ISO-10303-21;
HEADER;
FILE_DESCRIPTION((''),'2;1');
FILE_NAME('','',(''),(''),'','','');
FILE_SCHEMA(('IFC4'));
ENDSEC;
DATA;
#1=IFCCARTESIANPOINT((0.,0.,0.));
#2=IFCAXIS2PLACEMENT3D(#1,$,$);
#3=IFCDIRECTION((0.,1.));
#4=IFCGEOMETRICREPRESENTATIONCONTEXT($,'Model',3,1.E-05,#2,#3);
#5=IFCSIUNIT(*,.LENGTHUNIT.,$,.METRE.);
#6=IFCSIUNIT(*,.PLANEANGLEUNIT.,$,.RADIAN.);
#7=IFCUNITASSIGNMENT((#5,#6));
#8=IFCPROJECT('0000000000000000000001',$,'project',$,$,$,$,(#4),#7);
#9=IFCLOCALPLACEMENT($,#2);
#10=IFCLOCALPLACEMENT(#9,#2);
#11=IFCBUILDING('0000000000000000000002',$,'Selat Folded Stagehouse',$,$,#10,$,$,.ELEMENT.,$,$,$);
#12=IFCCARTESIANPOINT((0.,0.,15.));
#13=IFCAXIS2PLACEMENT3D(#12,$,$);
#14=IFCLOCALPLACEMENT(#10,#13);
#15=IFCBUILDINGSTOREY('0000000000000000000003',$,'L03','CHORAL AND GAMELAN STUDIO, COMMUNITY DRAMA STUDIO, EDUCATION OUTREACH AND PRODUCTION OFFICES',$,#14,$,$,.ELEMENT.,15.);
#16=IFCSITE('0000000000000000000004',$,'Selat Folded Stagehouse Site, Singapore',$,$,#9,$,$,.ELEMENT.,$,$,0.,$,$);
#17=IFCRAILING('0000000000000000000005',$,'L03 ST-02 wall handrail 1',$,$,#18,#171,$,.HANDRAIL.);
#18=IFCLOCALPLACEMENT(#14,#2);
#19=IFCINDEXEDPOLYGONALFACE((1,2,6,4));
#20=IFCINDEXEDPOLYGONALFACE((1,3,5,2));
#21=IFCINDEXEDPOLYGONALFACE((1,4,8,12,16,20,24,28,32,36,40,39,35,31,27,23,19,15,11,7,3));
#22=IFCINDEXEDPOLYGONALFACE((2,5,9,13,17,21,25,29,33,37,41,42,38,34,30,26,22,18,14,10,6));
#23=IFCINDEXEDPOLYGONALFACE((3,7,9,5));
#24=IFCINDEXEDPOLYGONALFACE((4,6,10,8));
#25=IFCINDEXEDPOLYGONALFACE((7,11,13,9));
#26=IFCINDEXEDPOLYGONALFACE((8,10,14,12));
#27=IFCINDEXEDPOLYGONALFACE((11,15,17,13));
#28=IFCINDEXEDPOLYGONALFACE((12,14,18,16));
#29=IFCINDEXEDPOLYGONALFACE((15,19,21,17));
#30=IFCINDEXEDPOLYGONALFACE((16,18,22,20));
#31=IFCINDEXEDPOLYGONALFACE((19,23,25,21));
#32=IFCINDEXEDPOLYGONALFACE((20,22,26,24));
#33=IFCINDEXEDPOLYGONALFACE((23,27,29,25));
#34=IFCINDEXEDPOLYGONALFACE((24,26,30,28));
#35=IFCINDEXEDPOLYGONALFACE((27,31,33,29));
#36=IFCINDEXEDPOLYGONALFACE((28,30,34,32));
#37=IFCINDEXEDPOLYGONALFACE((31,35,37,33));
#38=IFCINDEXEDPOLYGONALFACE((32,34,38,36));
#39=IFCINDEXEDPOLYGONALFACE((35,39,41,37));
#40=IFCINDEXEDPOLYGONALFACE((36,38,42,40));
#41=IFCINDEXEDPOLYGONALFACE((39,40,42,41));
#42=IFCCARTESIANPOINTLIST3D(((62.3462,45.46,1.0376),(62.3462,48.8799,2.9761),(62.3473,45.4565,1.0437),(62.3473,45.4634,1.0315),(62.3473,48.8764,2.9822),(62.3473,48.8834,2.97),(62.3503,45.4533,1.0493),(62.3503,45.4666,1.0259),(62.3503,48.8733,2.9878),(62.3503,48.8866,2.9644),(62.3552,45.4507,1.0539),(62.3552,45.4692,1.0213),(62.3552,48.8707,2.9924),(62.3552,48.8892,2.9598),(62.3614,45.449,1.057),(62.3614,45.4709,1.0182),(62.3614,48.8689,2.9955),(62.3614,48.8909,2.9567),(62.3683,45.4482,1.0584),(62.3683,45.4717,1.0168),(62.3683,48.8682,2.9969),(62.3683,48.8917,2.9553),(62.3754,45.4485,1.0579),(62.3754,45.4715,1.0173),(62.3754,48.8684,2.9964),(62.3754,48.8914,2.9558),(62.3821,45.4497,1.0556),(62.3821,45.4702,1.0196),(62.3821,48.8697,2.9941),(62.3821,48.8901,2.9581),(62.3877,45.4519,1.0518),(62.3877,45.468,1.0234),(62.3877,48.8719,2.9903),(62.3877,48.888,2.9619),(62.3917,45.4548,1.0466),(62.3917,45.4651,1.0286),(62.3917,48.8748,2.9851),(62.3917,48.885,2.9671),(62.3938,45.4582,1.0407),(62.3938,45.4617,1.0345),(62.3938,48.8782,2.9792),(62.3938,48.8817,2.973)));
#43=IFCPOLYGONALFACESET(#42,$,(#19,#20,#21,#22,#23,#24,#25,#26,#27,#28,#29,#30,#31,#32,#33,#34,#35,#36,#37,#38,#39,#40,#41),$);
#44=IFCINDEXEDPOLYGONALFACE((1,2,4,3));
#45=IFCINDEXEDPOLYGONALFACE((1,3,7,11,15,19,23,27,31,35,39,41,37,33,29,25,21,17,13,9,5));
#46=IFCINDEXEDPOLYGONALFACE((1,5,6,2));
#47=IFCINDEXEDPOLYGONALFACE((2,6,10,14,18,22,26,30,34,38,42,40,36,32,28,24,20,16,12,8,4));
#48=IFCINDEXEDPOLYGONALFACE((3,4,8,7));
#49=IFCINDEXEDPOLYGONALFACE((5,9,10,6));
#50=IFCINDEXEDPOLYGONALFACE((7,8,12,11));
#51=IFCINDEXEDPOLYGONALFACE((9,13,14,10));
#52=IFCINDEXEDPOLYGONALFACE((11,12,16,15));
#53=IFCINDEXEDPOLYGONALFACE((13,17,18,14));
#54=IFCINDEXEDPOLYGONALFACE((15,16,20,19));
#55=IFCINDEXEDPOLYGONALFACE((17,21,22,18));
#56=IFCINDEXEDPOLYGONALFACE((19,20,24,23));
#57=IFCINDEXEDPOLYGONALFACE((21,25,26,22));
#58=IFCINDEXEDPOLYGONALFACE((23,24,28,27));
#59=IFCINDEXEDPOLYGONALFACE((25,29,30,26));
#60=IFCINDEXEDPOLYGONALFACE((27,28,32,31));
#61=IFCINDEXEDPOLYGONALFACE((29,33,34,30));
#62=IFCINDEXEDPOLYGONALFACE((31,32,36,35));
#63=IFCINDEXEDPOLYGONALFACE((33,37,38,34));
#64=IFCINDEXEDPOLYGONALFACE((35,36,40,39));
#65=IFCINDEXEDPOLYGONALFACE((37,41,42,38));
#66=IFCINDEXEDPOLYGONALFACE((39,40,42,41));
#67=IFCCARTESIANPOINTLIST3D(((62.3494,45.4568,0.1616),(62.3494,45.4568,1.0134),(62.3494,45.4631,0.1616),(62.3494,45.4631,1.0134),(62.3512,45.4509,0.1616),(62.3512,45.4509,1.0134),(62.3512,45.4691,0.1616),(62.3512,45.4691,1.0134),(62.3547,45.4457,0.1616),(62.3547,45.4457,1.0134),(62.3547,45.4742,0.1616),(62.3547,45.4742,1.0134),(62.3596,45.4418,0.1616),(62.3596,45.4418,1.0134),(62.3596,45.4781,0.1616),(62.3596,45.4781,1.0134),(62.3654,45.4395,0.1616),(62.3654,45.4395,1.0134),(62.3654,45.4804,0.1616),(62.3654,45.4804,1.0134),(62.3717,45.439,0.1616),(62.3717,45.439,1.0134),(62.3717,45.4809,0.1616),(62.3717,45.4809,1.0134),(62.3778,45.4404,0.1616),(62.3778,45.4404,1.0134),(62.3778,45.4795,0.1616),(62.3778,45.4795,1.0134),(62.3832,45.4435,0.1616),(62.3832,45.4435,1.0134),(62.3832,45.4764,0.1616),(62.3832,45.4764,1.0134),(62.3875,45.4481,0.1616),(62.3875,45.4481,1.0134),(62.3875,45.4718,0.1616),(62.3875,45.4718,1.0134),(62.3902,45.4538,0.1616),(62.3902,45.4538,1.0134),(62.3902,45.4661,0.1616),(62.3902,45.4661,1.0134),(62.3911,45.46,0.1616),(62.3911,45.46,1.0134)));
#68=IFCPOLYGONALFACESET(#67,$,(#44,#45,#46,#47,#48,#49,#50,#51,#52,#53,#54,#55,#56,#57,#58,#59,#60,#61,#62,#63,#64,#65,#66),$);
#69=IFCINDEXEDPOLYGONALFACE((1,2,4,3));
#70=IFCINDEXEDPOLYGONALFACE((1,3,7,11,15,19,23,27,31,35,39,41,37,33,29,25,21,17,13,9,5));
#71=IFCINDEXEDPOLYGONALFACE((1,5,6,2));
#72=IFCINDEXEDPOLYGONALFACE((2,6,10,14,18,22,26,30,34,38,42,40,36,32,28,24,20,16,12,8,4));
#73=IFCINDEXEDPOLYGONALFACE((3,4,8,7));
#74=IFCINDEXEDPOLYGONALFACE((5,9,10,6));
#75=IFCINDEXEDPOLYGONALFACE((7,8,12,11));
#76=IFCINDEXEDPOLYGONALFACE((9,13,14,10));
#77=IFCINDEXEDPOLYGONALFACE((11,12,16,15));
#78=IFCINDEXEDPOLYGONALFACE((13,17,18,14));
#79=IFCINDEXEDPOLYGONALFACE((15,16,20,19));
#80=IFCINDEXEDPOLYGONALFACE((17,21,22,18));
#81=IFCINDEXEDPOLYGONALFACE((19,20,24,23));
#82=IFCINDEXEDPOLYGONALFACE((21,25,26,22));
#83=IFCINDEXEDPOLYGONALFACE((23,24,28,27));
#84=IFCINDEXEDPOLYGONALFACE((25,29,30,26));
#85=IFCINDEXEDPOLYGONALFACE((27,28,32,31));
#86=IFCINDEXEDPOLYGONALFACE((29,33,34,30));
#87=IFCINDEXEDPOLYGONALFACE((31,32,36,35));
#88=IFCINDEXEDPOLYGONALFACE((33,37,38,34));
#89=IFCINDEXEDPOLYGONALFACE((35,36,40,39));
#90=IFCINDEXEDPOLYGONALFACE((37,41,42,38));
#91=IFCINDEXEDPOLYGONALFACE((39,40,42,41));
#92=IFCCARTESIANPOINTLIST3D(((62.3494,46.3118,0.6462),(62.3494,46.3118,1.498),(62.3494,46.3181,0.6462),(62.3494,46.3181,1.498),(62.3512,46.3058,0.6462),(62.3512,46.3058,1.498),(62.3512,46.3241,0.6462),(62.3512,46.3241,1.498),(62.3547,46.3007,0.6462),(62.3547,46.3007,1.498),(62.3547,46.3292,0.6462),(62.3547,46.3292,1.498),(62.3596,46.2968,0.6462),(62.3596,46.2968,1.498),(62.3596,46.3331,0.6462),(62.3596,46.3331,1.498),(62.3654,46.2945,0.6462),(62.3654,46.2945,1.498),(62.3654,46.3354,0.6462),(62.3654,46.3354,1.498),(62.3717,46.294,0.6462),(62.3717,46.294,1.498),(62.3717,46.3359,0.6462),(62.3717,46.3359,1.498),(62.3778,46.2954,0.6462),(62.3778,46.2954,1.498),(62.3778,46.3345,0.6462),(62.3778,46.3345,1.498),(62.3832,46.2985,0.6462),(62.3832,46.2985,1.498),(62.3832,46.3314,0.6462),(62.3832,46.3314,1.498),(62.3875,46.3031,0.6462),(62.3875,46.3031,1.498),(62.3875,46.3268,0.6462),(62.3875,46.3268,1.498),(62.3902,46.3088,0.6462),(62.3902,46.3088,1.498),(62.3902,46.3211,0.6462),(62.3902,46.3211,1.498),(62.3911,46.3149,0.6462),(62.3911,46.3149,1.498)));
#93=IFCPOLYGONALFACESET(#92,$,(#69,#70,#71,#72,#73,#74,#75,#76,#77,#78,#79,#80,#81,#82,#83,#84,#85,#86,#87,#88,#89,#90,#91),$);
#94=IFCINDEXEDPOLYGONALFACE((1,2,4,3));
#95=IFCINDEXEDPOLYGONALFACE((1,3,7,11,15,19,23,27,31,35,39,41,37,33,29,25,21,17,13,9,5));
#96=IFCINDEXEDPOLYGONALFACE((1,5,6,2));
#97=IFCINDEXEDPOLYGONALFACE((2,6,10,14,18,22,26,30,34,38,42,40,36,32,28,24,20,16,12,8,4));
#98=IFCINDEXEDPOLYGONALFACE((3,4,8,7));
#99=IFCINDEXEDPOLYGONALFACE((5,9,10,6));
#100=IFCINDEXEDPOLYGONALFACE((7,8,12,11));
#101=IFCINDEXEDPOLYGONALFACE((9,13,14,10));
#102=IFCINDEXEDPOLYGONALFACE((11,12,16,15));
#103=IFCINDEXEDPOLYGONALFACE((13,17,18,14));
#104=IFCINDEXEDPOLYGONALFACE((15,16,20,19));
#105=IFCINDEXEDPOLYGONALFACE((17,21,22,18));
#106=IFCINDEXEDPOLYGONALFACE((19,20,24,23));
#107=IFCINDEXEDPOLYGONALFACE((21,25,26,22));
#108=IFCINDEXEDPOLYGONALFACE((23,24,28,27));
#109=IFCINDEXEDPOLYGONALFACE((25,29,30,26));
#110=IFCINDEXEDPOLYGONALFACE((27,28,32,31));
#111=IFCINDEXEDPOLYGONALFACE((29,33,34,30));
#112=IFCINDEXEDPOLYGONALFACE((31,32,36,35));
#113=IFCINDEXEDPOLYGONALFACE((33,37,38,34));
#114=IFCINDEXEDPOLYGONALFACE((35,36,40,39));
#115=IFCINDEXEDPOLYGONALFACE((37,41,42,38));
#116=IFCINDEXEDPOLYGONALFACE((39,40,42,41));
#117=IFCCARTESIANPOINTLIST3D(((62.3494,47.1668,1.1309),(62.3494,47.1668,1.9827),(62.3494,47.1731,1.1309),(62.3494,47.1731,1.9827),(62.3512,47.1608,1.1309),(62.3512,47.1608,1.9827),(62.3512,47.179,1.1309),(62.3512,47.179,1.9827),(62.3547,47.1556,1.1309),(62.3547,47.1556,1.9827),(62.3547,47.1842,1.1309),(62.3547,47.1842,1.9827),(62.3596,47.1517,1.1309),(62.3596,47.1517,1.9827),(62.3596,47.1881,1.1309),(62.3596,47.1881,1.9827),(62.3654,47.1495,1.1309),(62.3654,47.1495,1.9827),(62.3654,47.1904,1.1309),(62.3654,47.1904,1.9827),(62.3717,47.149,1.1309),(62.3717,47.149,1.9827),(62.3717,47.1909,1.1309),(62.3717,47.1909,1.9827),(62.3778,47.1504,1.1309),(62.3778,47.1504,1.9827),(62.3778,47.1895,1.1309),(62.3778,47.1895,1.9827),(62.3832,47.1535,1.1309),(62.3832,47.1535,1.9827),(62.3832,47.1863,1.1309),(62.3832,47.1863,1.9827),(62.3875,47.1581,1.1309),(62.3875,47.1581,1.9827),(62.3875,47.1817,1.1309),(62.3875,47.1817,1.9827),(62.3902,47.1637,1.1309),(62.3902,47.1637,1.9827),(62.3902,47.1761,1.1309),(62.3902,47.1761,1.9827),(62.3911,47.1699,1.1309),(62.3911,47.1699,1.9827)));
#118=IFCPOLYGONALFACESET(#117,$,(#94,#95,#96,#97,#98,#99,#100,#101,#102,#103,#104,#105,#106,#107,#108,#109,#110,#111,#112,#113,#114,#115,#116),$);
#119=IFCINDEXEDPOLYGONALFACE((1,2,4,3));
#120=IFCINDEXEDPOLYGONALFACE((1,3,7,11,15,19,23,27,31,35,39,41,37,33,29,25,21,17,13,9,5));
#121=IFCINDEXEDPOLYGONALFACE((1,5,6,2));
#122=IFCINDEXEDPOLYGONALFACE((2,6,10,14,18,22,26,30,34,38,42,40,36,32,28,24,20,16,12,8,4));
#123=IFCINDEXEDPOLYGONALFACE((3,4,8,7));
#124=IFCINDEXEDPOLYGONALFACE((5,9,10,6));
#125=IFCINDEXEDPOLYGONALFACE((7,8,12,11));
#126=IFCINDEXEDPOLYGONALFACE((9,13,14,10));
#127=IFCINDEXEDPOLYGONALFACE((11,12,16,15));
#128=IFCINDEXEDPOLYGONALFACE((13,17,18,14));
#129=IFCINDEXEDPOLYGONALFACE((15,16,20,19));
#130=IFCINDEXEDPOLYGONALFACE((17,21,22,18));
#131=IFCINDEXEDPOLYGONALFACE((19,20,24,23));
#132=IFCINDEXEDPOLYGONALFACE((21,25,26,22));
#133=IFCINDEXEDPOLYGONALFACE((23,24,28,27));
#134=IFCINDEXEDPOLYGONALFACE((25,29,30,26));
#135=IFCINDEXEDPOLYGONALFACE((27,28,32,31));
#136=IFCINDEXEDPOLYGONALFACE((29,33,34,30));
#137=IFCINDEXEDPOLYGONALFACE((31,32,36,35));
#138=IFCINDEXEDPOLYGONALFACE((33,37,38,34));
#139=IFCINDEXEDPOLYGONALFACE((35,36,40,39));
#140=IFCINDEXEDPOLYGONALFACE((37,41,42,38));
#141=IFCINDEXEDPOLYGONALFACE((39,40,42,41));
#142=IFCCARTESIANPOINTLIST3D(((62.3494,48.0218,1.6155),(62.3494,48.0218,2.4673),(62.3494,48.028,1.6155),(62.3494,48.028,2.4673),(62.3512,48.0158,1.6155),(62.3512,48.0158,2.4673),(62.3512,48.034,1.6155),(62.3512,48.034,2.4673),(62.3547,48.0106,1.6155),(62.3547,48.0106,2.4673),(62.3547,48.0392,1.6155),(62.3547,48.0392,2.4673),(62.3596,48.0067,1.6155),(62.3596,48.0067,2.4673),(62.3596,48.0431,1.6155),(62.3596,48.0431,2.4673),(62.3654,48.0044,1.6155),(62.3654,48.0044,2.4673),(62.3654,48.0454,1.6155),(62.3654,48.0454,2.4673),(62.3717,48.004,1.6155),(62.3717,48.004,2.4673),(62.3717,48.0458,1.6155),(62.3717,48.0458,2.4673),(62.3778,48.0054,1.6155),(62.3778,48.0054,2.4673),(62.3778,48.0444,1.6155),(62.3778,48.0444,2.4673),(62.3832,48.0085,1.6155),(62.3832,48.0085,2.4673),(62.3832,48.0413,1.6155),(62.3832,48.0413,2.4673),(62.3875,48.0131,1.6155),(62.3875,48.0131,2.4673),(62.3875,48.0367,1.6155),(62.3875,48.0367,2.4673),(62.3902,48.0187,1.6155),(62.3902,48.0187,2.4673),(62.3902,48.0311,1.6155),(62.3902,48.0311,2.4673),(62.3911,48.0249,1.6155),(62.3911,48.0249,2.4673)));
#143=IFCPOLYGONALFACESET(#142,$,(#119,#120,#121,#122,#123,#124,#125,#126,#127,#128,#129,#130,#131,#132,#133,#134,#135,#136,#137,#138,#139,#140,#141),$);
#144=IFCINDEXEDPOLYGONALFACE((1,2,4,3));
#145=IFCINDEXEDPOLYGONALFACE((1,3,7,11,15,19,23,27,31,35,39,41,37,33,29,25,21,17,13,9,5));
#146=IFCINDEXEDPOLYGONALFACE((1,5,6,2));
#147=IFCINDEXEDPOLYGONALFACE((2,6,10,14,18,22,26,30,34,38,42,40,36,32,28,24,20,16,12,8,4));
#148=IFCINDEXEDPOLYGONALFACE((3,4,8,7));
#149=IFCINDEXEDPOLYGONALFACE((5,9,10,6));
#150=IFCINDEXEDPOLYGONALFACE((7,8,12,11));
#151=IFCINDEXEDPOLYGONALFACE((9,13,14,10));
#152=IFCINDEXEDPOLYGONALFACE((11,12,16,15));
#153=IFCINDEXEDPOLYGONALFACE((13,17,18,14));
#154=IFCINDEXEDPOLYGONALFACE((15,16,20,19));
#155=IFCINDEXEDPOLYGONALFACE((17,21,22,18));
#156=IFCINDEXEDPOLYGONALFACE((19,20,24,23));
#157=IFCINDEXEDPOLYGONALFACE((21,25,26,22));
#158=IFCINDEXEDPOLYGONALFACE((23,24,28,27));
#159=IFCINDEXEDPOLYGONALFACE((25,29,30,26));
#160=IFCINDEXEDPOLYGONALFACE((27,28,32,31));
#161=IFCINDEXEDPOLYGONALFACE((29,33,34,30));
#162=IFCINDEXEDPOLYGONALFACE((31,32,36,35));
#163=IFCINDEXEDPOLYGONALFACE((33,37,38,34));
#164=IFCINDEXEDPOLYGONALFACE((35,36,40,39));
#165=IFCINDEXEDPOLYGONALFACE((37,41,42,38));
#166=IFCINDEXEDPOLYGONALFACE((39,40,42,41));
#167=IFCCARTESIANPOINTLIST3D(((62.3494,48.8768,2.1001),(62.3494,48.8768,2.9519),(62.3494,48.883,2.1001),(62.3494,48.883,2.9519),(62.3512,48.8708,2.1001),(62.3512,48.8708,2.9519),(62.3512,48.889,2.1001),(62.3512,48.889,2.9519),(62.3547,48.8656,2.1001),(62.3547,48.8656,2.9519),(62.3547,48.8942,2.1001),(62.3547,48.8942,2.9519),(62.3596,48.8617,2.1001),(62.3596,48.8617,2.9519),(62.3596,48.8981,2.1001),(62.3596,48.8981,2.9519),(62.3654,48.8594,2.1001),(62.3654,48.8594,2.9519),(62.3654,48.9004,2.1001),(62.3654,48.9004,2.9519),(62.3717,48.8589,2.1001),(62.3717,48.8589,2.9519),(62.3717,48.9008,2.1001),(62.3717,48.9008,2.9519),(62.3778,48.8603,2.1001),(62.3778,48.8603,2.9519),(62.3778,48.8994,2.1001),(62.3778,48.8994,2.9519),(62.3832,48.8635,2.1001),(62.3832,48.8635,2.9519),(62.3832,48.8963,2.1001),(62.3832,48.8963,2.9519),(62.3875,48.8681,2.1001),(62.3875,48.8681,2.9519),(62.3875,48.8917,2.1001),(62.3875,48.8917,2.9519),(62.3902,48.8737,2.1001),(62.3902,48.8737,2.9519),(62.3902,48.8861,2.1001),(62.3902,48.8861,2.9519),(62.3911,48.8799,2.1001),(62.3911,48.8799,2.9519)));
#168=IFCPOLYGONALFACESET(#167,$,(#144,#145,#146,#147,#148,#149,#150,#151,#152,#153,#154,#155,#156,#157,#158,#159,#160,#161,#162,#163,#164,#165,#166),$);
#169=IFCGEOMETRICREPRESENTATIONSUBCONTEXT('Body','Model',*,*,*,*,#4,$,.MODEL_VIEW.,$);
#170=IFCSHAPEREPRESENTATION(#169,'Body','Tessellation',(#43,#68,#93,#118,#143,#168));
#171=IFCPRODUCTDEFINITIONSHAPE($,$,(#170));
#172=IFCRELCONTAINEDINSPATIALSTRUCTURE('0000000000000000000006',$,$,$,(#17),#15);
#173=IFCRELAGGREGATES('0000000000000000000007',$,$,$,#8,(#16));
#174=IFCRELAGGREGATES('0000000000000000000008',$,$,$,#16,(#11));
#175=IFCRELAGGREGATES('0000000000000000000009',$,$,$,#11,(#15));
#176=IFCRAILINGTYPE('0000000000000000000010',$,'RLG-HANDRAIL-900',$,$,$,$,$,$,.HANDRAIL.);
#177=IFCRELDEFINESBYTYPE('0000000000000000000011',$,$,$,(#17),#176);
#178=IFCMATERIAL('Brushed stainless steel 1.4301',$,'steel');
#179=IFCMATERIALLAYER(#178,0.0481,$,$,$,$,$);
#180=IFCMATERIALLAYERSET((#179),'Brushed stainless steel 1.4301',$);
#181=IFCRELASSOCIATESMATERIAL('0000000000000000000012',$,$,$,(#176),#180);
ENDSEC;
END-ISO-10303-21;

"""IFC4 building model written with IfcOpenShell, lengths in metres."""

from ifc_helpers import new_model, si_unit, direction, frame, origin, origin_2d, place, context, subcontext, project, spatial, circle, extrude, material, layer, layer_set, type_object, element, save


model = new_model("IFC4")

# Units and contexts
model_context = context("Model", 3, precision=1e-05, world=origin(), true_north=direction((0.0, 1.0)))
body_context = subcontext(model_context, "Body", "Model", "MODEL_VIEW")
ifc_project = project(units=[si_unit("LENGTHUNIT", "METRE"), si_unit("PLANEANGLEUNIT", "RADIAN")], contexts=[model_context])

# Site, building, storey
site_placement = place(None, origin())
site = spatial("IfcSite", under=ifc_project, at=site_placement, Name="Selat Folded Stagehouse Site, Singapore", CompositionType="ELEMENT", RefElevation=0.0)
building_placement = place(site_placement, origin())
building = spatial("IfcBuilding", under=site, at=building_placement, Name="Selat Folded Stagehouse", CompositionType="ELEMENT")
storey_placement = place(building_placement, frame((0.0, 0.0, 15.0)))
storey = spatial("IfcBuildingStorey", under=building, at=storey_placement, Name="L03", Description="CHORAL AND GAMELAN STUDIO, COMMUNITY DRAMA STUDIO, EDUCATION OUTREACH AND PRODUCTION OFFICES", CompositionType="ELEMENT", Elevation=15.0)

# Railing
ifc_material_1 = material(Name="Brushed stainless steel 1.4301", Category="steel")
ifc_layer_1 = layer(ifc_material_1, 0.0481)
ifc_layer_set_1 = layer_set([ifc_layer_1], Name="Brushed stainless steel 1.4301")
railing_type_1 = type_object("IfcRailingType", Name="RLG-HANDRAIL-900", PredefinedType="HANDRAIL", material=ifc_layer_set_1)
railing_1_placement = place(storey_placement, frame((62.3701, 45.46, 0.1616)))
element("IfcRailing", 1, at=railing_1_placement, inside=storey, type_object=railing_type_1, Name="L03 ST-02 wall handrail 1", PredefinedType="HANDRAIL", context=body_context, shape_type="SweptSolid", body=[
    extrude(circle(Radius=0.0239, at=origin_2d()), frame((0.0, 0.0, 0.876), z_axis=(0.0, 0.869965, 0.493113), x_axis=(-1.0, 0.0, 0.0)), (0.0, 0.0, 1.0), 3.9312),
    extrude(circle(Radius=0.021, at=origin_2d()), origin(), (0.0, 0.0, 1.0), 0.8518),
    extrude(circle(Radius=0.021, at=origin_2d()), frame((0.0, 0.855, 0.4846)), (0.0, 0.0, 1.0), 0.8518),
    extrude(circle(Radius=0.021, at=origin_2d()), frame((0.0, 1.71, 0.9692)), (0.0, 0.0, 1.0), 0.8518),
    extrude(circle(Radius=0.021, at=origin_2d()), frame((0.0, 2.5649, 1.4539)), (0.0, 0.0, 1.0), 0.8518),
    extrude(circle(Radius=0.021, at=origin_2d()), frame((0.0, 3.4199, 1.9385)), (0.0, 0.0, 1.0), 0.8518),
])

save(model, "model.ifc")
